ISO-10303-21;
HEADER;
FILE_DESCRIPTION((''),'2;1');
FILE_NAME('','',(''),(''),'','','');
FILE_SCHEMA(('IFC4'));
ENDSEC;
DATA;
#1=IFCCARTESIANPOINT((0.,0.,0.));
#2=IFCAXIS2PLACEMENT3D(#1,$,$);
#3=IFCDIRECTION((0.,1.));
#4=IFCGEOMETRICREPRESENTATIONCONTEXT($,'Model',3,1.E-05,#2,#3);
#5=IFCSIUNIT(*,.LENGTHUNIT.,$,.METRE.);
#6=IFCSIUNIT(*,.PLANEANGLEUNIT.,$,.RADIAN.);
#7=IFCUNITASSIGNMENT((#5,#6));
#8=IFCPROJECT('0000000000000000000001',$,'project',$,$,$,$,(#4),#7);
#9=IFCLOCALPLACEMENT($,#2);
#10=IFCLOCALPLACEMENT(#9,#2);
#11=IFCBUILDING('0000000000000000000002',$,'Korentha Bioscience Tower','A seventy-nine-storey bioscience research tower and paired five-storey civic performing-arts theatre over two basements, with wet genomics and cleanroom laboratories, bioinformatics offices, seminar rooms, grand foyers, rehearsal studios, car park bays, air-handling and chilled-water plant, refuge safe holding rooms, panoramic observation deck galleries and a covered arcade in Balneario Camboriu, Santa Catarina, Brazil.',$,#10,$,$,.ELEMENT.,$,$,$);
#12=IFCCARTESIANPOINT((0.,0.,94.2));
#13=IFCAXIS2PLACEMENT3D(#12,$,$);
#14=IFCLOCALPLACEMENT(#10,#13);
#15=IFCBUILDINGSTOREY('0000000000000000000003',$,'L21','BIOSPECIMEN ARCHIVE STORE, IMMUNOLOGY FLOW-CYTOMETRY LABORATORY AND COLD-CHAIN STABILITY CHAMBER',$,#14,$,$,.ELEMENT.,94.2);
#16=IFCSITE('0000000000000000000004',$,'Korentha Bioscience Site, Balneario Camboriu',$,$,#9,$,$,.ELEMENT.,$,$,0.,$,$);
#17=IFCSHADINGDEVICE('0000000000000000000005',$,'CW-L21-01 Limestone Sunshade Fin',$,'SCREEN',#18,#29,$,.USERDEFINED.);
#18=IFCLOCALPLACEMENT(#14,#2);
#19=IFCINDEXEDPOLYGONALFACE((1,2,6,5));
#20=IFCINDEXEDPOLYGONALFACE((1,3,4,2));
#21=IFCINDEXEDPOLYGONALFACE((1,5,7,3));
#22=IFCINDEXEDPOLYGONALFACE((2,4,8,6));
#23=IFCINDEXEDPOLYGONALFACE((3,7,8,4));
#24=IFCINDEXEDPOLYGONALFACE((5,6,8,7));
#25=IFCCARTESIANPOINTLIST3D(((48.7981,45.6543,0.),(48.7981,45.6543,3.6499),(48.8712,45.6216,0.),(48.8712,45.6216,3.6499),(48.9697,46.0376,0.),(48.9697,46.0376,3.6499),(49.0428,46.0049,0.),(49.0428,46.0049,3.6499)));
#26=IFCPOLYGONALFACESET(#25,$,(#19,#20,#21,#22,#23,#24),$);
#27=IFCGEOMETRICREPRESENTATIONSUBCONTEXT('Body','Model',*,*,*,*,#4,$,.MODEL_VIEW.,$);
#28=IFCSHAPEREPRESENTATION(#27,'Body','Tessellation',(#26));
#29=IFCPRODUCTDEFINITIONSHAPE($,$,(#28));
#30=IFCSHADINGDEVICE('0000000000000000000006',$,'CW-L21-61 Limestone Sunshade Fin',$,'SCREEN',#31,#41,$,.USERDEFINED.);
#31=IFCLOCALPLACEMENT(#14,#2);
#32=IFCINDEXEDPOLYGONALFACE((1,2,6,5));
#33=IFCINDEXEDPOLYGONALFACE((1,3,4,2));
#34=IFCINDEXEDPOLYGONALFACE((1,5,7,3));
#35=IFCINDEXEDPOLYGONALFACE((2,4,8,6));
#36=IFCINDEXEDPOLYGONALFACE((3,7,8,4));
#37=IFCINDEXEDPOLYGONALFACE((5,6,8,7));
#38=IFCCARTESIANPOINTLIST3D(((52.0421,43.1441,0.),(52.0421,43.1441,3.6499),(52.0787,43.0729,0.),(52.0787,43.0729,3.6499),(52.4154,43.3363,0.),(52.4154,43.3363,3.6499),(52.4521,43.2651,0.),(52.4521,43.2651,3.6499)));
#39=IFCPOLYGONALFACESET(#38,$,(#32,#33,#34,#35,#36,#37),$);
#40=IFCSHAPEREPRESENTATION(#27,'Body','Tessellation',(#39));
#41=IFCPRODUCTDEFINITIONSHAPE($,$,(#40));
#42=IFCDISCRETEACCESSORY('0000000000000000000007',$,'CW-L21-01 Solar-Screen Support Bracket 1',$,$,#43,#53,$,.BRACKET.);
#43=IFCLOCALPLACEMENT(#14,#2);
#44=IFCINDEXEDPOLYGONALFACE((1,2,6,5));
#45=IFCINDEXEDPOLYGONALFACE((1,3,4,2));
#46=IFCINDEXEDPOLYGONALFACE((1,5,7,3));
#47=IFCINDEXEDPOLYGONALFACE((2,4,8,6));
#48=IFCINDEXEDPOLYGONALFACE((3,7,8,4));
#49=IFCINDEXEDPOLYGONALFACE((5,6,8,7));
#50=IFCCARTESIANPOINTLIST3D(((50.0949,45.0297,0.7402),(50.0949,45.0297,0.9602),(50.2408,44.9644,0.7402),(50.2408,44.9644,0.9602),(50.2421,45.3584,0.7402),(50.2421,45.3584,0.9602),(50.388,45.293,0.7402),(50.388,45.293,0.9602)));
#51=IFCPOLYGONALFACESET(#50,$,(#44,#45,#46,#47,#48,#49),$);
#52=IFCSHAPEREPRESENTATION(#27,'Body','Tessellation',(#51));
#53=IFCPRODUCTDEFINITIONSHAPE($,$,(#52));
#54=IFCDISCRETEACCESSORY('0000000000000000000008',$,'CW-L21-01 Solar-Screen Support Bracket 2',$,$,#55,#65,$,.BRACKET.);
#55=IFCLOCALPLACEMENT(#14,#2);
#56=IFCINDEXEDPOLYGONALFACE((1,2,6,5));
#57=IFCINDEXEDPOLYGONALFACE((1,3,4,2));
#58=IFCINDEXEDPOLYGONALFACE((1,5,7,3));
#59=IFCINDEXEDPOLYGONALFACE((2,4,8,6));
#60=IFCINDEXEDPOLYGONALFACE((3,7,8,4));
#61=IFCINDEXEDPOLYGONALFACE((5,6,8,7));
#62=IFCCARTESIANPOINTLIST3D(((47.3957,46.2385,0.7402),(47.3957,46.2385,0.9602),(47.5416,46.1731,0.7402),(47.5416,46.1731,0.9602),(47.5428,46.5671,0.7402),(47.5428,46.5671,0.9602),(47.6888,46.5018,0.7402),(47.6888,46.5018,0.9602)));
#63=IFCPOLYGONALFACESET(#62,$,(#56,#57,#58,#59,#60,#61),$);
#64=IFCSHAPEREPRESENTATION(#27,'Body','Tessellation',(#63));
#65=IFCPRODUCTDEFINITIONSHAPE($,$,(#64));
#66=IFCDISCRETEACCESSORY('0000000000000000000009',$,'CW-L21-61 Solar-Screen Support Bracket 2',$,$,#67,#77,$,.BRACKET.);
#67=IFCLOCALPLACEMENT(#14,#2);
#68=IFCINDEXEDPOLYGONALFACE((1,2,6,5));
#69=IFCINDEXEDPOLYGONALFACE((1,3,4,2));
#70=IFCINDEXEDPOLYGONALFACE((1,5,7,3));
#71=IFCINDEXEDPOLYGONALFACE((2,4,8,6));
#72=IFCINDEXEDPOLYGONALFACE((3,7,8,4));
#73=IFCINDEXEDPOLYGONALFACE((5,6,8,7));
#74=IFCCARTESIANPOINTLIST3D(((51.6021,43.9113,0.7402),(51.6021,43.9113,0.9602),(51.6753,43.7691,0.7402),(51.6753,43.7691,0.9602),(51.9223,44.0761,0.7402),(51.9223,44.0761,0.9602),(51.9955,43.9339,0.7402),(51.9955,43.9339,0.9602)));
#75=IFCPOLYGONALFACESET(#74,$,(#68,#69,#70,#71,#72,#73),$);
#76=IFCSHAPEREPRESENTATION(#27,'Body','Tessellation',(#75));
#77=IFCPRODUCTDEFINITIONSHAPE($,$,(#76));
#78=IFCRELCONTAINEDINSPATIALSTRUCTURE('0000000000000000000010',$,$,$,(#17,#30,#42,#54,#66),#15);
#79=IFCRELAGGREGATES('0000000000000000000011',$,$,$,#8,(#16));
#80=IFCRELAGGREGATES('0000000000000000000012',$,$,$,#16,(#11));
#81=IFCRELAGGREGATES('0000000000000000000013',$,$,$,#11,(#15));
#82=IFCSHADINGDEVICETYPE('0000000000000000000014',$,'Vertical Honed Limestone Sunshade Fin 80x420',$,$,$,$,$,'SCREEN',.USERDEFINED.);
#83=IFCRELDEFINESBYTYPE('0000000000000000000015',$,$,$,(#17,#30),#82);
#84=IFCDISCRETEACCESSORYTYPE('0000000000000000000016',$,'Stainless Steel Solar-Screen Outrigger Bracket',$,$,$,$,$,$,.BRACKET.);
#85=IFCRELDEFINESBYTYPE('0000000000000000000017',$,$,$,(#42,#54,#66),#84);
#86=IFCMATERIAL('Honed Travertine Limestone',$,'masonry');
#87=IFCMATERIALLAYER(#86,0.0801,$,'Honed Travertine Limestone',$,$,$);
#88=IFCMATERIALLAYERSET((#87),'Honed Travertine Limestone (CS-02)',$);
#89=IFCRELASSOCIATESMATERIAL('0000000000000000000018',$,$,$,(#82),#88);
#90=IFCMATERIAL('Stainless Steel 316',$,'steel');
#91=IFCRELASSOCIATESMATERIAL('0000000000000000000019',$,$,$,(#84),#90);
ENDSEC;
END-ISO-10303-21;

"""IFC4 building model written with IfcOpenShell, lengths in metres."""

from ifc_helpers import new_model, si_unit, direction, frame, origin, origin_2d, place, context, subcontext, project, spatial, rectangle, extrude, material, layer, layer_set, type_object, element, save


model = new_model("IFC4")

# Units and contexts
model_context = context("Model", 3, precision=1e-05, world=origin(), true_north=direction((0.0, 1.0)))
body_context = subcontext(model_context, "Body", "Model", "MODEL_VIEW")
ifc_project = project(units=[si_unit("LENGTHUNIT", "METRE"), si_unit("PLANEANGLEUNIT", "RADIAN")], contexts=[model_context])

# Site, building, storey
site_placement = place(None, origin())
site = spatial("IfcSite", under=ifc_project, at=site_placement, Name="Korentha Bioscience Site, Balneario Camboriu", CompositionType="ELEMENT", RefElevation=0.0)
building_placement = place(site_placement, origin())
building = spatial("IfcBuilding", under=site, at=building_placement, Name="Korentha Bioscience Tower", Description="A seventy-nine-storey bioscience research tower and paired five-storey civic performing-arts theatre over two basements, with wet genomics and cleanroom laboratories, bioinformatics offices, seminar rooms, grand foyers, rehearsal studios, car park bays, air-handling and chilled-water plant, refuge safe holding rooms, panoramic observation deck galleries and a covered arcade in Balneario Camboriu, Santa Catarina, Brazil.", CompositionType="ELEMENT")
storey_placement = place(building_placement, frame((0.0, 0.0, 94.2)))
storey = spatial("IfcBuildingStorey", under=building, at=storey_placement, Name="L21", Description="BIOSPECIMEN ARCHIVE STORE, IMMUNOLOGY FLOW-CYTOMETRY LABORATORY AND COLD-CHAIN STABILITY CHAMBER", CompositionType="ELEMENT", Elevation=94.2)

# Shading devices
ifc_material_1 = material(Name="Honed Travertine Limestone", Category="masonry")
ifc_layer_1 = layer(ifc_material_1, 0.0801, Name="Honed Travertine Limestone")
ifc_layer_set_1 = layer_set([ifc_layer_1], Name="Honed Travertine Limestone (CS-02)")
shading_device_type_1 = type_object("IfcShadingDeviceType", Name="Vertical Honed Limestone Sunshade Fin 80x420", ElementType="SCREEN", PredefinedType="USERDEFINED", material=ifc_layer_set_1)
for number, where, z_axis, x_axis, name in (
    (1, (48.9204, 45.8296, 0.0), (0.0, 0.0, 1.0), (-0.912687, 0.40866, 0.0), "CW-L21-01 Limestone Sunshade Fin"),
    (2, (52.2471, 43.2046, 0.0), (0.0, 0.0, 1.0), (-0.457613, 0.889151, 0.0), "CW-L21-61 Limestone Sunshade Fin"),
):
    element("IfcShadingDevice", number, at=place(storey_placement, frame(where, z_axis=z_axis, x_axis=x_axis)), inside=storey, type_object=shading_device_type_1, Name=name, ObjectType="SCREEN", PredefinedType="USERDEFINED", context=body_context, shape_type="SweptSolid", body=[
        extrude(rectangle(XDim=0.0801, YDim=0.4199, at=origin_2d()), origin(), (0.0, 0.0, 1.0), 3.6499),
    ])

# Discrete accessories
ifc_material_2 = material(Name="Stainless Steel 316", Category="steel")
discrete_accessory_type = type_object("IfcDiscreteAccessoryType", Name="Stainless Steel Solar-Screen Outrigger Bracket", PredefinedType="BRACKET", material=ifc_material_2)
for number, where, z_axis, x_axis, name in (
    (3, (50.2415, 45.1614, 0.7402), (0.0, 0.0, 1.0), (-0.912687, 0.40866, 0.0), "CW-L21-01 Solar-Screen Support Bracket 1"),
    (4, (47.5422, 46.3701, 0.7402), (0.0, 0.0, 1.0), (-0.912687, 0.40866, 0.0), "CW-L21-01 Solar-Screen Support Bracket 2"),
    (5, (51.7988, 43.9226, 0.7402), (0.0, 0.0, 1.0), (-0.457613, 0.889151, 0.0), "CW-L21-61 Solar-Screen Support Bracket 2"),
):
    element("IfcDiscreteAccessory", number, at=place(storey_placement, frame(where, z_axis=z_axis, x_axis=x_axis)), inside=storey, type_object=discrete_accessory_type, Name=name, PredefinedType="BRACKET", context=body_context, shape_type="SweptSolid", body=[
        extrude(rectangle(XDim=0.1599, YDim=0.3601, at=origin_2d()), origin(), (0.0, 0.0, 1.0), 0.22),
    ])

save(model, "model.ifc")
